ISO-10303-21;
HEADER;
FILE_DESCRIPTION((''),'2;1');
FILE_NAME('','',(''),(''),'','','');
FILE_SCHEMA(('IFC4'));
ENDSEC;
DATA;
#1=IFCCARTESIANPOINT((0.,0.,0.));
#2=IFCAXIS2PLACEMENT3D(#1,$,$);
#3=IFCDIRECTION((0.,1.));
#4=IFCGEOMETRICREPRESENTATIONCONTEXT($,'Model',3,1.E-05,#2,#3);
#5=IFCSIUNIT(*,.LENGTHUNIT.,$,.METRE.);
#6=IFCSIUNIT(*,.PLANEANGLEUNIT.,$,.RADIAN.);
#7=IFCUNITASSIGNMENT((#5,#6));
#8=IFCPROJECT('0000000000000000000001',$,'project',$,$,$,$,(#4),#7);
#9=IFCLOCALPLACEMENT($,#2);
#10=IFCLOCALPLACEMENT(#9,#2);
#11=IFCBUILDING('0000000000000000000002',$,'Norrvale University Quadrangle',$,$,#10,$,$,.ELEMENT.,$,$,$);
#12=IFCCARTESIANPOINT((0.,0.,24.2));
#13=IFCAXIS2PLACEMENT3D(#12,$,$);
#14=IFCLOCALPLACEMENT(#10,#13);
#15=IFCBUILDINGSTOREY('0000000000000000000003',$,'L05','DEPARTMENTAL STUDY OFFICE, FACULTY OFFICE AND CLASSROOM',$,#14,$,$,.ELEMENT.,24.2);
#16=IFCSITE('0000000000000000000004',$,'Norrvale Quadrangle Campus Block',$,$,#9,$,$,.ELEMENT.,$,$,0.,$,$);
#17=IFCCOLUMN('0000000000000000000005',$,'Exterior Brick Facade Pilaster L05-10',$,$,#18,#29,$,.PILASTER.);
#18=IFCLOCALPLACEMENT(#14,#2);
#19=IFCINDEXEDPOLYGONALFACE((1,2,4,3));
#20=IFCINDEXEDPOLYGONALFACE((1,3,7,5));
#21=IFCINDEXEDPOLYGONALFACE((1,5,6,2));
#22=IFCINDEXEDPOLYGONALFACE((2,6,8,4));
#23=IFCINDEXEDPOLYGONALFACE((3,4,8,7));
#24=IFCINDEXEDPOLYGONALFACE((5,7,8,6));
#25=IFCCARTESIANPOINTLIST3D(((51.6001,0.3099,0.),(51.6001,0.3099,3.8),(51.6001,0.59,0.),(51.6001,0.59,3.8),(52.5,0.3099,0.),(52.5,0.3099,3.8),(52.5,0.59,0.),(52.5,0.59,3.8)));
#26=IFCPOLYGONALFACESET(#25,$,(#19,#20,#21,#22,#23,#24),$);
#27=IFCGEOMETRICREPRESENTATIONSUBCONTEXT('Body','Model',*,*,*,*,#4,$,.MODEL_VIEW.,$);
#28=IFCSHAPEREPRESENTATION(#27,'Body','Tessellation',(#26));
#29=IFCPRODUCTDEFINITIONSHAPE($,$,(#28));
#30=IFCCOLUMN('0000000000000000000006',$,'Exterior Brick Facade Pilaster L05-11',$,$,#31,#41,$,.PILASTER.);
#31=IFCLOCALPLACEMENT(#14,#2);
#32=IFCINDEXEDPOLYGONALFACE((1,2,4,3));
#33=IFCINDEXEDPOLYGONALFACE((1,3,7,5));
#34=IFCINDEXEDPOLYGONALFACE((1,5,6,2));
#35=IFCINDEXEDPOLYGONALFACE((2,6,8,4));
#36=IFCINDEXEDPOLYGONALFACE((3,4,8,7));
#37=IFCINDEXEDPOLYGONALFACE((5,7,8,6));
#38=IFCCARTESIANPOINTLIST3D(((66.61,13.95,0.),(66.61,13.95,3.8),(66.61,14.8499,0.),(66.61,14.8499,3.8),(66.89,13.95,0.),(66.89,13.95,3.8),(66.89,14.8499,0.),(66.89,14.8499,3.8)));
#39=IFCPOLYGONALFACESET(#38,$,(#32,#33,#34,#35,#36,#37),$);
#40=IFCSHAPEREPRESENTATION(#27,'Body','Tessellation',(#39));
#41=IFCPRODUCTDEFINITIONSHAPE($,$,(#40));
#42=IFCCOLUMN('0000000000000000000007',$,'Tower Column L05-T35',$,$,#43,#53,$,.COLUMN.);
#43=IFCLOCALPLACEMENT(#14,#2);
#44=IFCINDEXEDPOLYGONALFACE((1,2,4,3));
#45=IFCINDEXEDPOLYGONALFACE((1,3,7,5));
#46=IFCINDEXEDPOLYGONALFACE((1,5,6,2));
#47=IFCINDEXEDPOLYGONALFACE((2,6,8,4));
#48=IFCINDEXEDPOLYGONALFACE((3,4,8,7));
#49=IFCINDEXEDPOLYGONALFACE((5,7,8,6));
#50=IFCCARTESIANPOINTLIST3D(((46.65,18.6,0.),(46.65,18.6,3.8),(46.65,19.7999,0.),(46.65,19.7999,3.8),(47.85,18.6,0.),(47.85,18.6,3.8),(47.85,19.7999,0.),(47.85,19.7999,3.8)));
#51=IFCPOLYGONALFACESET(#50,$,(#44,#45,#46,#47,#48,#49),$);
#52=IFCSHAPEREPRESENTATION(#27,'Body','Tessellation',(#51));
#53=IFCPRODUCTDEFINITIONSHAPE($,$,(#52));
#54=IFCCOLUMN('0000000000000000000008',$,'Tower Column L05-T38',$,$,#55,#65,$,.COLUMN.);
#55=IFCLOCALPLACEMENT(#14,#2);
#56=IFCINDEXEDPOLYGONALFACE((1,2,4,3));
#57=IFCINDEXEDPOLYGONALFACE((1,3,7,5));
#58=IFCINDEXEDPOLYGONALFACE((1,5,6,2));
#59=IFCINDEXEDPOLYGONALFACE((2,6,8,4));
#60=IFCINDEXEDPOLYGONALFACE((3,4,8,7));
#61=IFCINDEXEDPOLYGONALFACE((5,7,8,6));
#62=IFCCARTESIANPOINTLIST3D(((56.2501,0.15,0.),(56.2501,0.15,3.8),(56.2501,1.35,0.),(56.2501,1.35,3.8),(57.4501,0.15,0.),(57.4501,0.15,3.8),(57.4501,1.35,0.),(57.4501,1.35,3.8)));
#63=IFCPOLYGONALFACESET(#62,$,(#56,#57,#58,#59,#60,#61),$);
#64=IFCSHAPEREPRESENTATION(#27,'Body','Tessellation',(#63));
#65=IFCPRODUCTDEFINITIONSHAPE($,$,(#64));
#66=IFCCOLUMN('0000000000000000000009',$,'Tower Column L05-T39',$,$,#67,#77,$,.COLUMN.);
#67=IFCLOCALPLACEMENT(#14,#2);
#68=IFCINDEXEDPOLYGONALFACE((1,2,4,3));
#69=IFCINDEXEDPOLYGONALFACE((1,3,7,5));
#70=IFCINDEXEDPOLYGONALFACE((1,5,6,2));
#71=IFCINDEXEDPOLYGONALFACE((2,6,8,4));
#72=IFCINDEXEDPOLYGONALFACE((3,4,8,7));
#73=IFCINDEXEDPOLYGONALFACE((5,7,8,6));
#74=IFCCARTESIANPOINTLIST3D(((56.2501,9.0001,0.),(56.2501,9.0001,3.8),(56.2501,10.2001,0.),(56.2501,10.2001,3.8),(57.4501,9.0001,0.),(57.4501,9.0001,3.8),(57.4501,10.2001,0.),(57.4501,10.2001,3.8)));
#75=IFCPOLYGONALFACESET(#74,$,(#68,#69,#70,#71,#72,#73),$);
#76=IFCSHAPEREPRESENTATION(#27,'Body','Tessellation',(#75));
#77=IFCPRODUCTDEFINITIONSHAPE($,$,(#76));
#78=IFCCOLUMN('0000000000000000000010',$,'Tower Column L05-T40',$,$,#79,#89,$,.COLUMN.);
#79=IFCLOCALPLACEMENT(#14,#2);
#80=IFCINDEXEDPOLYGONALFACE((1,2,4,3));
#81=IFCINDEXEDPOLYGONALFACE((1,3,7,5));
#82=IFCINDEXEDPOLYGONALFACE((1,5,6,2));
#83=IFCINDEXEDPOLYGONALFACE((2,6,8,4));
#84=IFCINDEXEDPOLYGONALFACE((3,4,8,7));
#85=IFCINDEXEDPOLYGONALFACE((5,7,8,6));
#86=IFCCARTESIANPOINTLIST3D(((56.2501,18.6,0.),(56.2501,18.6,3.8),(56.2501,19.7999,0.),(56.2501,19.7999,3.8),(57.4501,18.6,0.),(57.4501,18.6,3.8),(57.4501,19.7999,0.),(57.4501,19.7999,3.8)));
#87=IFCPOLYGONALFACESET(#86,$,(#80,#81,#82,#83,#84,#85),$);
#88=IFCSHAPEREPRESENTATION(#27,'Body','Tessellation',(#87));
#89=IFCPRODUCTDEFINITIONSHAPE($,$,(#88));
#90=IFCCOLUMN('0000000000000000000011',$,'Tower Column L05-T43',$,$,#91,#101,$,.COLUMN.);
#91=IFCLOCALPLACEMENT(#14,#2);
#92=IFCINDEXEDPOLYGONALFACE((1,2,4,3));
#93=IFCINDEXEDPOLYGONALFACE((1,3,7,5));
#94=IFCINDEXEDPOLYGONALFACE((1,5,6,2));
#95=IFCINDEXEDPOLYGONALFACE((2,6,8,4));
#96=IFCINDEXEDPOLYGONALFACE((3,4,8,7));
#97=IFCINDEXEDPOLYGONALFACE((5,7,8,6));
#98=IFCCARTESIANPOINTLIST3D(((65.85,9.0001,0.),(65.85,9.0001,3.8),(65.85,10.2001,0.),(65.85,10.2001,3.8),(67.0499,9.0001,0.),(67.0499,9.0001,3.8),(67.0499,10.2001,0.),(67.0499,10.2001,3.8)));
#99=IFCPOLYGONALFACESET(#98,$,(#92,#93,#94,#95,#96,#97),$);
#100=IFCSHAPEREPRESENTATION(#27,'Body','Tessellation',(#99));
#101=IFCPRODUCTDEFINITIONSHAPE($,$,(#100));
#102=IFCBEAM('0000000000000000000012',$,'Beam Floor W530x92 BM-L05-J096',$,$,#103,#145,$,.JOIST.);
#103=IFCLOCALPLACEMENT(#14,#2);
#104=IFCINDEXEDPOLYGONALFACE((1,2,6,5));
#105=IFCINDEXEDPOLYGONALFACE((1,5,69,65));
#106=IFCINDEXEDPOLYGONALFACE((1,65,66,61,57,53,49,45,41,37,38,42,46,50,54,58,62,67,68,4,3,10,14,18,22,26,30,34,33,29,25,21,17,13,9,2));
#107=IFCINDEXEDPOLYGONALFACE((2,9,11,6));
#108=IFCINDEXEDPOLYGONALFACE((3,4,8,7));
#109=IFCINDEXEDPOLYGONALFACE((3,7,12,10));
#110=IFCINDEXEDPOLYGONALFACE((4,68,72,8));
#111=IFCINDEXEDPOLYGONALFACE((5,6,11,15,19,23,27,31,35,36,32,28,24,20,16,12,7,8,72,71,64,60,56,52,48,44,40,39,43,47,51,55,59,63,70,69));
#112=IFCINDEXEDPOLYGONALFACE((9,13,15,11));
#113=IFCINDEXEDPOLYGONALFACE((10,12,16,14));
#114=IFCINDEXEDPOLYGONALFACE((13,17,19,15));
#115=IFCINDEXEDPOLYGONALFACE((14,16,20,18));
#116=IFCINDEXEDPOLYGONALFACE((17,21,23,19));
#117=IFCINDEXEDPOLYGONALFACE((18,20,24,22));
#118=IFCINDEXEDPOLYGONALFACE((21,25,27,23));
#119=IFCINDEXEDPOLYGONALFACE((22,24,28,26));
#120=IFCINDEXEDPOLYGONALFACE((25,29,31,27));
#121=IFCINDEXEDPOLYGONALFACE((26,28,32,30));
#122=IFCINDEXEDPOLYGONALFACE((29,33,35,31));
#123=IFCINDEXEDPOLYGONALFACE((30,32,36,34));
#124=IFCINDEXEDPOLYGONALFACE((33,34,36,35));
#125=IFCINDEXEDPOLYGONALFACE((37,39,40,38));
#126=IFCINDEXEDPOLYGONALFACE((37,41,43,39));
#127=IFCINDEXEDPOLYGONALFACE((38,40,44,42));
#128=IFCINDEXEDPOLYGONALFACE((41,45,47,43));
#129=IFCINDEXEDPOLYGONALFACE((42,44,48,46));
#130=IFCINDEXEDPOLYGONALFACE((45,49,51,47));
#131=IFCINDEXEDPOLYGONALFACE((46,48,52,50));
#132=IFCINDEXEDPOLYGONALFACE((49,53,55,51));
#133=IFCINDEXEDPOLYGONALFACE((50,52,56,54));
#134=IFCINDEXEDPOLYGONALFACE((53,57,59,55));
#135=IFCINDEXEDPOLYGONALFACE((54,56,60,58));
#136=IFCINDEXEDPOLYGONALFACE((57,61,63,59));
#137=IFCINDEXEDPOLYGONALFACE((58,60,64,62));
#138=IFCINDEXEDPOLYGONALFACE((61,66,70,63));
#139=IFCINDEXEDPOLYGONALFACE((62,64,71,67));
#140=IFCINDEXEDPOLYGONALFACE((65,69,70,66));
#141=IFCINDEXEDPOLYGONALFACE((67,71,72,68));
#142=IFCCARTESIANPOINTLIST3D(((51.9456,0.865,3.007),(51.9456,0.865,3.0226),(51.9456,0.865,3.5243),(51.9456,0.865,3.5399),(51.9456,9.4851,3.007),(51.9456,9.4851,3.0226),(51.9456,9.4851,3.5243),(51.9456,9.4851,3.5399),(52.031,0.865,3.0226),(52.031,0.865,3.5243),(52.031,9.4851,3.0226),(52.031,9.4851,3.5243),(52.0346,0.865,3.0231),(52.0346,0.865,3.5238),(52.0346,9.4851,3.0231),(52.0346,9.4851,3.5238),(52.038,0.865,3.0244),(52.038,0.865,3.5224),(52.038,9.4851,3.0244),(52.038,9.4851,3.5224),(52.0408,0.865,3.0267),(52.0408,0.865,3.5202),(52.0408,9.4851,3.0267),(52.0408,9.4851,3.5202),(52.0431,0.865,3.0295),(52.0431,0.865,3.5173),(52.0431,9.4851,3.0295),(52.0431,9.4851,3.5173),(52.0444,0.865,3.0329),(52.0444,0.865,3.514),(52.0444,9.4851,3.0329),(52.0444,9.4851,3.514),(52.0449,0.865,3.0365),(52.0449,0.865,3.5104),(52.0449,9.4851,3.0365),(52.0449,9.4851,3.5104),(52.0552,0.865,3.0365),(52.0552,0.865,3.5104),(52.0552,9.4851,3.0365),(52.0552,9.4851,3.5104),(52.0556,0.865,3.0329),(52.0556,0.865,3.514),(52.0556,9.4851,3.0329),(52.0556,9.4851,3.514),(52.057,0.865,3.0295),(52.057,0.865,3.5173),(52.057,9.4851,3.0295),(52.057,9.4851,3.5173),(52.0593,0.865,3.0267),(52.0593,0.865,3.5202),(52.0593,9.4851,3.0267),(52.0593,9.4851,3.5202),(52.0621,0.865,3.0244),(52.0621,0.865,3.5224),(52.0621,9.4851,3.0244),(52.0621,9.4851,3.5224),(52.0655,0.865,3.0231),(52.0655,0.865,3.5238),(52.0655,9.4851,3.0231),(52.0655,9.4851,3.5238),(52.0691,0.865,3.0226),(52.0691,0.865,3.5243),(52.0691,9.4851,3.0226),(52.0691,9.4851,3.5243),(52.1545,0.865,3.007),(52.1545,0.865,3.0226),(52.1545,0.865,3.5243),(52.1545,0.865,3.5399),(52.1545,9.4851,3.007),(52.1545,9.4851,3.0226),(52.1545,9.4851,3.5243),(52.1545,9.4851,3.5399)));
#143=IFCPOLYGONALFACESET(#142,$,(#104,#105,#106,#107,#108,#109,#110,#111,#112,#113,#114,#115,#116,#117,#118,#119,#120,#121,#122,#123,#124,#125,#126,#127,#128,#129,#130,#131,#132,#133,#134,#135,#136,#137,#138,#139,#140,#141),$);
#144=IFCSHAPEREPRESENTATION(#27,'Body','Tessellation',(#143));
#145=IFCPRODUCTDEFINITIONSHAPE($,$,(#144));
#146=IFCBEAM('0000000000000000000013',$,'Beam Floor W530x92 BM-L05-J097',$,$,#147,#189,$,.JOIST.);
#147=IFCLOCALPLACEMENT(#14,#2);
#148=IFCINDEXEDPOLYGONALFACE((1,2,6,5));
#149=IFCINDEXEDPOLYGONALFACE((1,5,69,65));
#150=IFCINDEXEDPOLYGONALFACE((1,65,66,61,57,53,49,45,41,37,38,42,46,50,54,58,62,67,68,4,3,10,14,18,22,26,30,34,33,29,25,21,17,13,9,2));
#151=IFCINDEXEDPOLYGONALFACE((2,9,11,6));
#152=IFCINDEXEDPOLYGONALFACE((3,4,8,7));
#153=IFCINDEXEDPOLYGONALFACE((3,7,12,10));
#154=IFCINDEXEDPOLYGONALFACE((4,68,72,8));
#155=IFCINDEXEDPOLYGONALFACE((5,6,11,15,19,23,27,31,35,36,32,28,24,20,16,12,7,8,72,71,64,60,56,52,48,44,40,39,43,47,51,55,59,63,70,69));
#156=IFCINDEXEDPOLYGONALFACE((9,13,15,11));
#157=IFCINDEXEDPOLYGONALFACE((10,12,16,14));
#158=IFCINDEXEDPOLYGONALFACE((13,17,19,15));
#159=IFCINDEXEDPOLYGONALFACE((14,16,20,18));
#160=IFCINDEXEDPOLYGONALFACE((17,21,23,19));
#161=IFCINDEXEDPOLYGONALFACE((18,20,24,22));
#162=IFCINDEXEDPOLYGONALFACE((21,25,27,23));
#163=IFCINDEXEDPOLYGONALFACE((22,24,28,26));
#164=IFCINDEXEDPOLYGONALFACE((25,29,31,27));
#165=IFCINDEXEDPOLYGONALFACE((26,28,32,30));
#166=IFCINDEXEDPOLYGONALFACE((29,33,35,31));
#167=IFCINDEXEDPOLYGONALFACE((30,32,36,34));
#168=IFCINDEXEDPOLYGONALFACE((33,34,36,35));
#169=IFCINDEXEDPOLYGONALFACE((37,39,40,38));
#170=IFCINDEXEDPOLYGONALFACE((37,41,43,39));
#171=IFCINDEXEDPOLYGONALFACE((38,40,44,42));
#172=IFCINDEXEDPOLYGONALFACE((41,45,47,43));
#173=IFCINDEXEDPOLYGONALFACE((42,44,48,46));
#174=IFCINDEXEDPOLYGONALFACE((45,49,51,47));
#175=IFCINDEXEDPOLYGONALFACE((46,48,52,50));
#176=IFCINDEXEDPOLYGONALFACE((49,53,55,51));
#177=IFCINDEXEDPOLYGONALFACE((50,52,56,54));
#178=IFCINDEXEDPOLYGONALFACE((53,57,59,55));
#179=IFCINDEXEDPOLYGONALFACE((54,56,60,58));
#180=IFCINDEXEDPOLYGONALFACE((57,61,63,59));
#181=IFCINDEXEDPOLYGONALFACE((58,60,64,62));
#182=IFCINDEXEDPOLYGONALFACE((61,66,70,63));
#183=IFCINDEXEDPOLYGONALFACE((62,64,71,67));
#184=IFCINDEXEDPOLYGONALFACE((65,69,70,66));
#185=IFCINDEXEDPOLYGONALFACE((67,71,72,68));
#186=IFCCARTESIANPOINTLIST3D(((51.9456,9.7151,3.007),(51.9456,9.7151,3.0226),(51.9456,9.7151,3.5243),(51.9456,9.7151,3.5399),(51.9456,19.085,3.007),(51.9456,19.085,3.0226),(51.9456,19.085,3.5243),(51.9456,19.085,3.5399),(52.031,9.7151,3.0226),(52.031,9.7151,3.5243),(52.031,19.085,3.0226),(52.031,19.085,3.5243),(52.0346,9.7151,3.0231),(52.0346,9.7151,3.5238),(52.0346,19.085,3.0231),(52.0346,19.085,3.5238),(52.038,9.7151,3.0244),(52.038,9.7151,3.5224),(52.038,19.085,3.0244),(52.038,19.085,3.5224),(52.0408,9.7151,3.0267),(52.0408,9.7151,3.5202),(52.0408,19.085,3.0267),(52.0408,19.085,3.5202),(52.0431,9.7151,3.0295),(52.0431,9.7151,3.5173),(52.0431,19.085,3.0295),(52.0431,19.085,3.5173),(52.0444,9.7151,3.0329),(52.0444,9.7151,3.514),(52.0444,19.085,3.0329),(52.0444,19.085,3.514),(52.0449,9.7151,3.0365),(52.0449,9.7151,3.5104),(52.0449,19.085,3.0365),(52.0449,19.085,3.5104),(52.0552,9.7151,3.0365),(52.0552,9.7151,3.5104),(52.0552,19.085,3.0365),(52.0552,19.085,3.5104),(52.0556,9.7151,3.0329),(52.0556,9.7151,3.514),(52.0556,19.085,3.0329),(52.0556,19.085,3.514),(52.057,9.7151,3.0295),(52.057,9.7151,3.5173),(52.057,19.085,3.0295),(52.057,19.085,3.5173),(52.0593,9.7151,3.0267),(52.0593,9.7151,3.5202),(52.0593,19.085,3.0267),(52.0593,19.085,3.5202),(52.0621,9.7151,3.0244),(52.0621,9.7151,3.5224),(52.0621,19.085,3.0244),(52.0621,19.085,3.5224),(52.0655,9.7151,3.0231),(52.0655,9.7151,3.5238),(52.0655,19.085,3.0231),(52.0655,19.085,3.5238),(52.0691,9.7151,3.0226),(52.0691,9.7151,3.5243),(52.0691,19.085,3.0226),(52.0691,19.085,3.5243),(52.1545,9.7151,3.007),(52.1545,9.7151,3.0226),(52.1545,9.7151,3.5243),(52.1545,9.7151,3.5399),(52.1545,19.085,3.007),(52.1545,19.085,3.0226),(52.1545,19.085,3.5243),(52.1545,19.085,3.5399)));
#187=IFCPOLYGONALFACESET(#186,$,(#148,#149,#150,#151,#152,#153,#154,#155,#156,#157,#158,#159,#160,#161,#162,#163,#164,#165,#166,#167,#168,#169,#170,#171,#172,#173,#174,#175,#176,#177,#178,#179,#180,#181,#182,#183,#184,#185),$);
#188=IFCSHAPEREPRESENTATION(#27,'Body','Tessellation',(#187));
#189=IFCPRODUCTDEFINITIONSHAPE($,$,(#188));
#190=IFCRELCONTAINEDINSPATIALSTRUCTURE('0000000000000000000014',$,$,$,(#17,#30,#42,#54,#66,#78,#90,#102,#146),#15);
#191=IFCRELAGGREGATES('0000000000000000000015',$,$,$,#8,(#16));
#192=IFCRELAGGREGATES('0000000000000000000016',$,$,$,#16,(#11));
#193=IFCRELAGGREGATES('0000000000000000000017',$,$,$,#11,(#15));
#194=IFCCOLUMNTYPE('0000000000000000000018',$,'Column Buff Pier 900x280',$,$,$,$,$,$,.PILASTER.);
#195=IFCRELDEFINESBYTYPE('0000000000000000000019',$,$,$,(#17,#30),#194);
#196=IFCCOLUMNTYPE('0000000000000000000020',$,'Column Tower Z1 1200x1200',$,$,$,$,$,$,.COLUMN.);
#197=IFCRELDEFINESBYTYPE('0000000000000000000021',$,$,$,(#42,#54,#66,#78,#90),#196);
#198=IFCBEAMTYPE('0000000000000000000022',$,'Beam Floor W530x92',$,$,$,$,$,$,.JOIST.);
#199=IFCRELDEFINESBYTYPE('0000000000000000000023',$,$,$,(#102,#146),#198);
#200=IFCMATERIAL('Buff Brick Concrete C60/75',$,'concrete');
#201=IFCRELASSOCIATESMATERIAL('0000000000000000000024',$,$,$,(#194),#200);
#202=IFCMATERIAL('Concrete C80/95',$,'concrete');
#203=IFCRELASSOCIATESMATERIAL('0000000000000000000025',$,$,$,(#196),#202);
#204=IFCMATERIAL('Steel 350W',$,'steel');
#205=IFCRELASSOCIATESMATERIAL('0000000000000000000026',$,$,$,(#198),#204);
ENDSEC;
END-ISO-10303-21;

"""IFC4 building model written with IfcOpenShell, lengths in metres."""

from ifc_helpers import new_model, si_unit, direction, frame, origin, origin_2d, place, context, subcontext, project, spatial, rectangle, i_section, extrude, material, material_profile, profile_set, type_object, element, save


model = new_model("IFC4")

# Units and contexts
model_context = context("Model", 3, precision=1e-05, world=origin(), true_north=direction((0.0, 1.0)))
body_context = subcontext(model_context, "Body", "Model", "MODEL_VIEW")
ifc_project = project(units=[si_unit("LENGTHUNIT", "METRE"), si_unit("PLANEANGLEUNIT", "RADIAN")], contexts=[model_context])

# Site, building, storey
site_placement = place(None, origin())
site = spatial("IfcSite", under=ifc_project, at=site_placement, Name="Norrvale Quadrangle Campus Block", CompositionType="ELEMENT", RefElevation=0.0)
building_placement = place(site_placement, origin())
building = spatial("IfcBuilding", under=site, at=building_placement, Name="Norrvale University Quadrangle", CompositionType="ELEMENT")
storey_placement = place(building_placement, frame((0.0, 0.0, 24.2)))
storey = spatial("IfcBuildingStorey", under=building, at=storey_placement, Name="L05", Description="DEPARTMENTAL STUDY OFFICE, FACULTY OFFICE AND CLASSROOM", CompositionType="ELEMENT", Elevation=24.2)

# Columns
ifc_material_1 = material(Name="Buff Brick Concrete C60/75", Category="concrete")
ifc_material_profile_1 = material_profile(ifc_material_1, rectangle(XDim=0.8999, YDim=0.28, at=origin_2d()), Name="Buff Brick Concrete C60/75")
ifc_profile_set_1 = profile_set([ifc_material_profile_1], Name="Buff Brick Concrete C60/75")
column_type_1 = type_object("IfcColumnType", Name="Column Buff Pier 900x280", PredefinedType="PILASTER", material=ifc_profile_set_1)
for number, where, z_axis, x_axis, name in (
    (1, (52.05, 0.45, 0.0), (0.0, 0.0, 1.0), (1.0, 0.0, 0.0), "Exterior Brick Facade Pilaster L05-10"),
    (2, (66.75, 14.3999, 0.0), (0.0, 0.0, 1.0), (0.0, 1.0, 0.0), "Exterior Brick Facade Pilaster L05-11"),
):
    element("IfcColumn", number, at=place(storey_placement, frame(where, z_axis=z_axis, x_axis=x_axis)), inside=storey, type_object=column_type_1, Name=name, PredefinedType="PILASTER", context=body_context, shape_type="SweptSolid", body=[
        extrude(rectangle(XDim=0.8999, YDim=0.28, at=origin_2d()), origin(), (0.0, 0.0, 1.0), 3.8),
    ])
ifc_material_2 = material(Name="Concrete C80/95", Category="concrete")
ifc_material_profile_2 = material_profile(ifc_material_2, rectangle(XDim=1.2, YDim=1.2, at=origin_2d()), Name="Concrete C80/95")
ifc_profile_set_2 = profile_set([ifc_material_profile_2], Name="Concrete C80/95")
column_type_2 = type_object("IfcColumnType", Name="Column Tower Z1 1200x1200", PredefinedType="COLUMN", material=ifc_profile_set_2)
for number, where, z_axis, x_axis, name in (
    (3, (47.25, 19.2, 0.0), (0.0, 0.0, 1.0), (1.0, 0.0, 0.0), "Tower Column L05-T35"),
    (4, (56.8501, 0.75, 0.0), (0.0, 0.0, 1.0), (1.0, 0.0, 0.0), "Tower Column L05-T38"),
    (5, (56.8501, 9.6001, 0.0), (0.0, 0.0, 1.0), (1.0, 0.0, 0.0), "Tower Column L05-T39"),
    (6, (56.8501, 19.2, 0.0), (0.0, 0.0, 1.0), (1.0, 0.0, 0.0), "Tower Column L05-T40"),
    (7, (66.45, 9.6001, 0.0), (0.0, 0.0, 1.0), (1.0, 0.0, 0.0), "Tower Column L05-T43"),
):
    element("IfcColumn", number, at=place(storey_placement, frame(where, z_axis=z_axis, x_axis=x_axis)), inside=storey, type_object=column_type_2, Name=name, PredefinedType="COLUMN", context=body_context, shape_type="SweptSolid", body=[
        extrude(rectangle(XDim=1.2, YDim=1.2, at=origin_2d()), origin(), (0.0, 0.0, 1.0), 3.8),
    ])

# Beams
ifc_material_3 = material(Name="Steel 350W", Category="steel")
ifc_material_profile_3 = material_profile(ifc_material_3, i_section(OverallWidth=0.209, OverallDepth=0.533, WebThickness=0.0103, FlangeThickness=0.0156, FilletRadius=0.0139, at=origin_2d()), Name="Steel 350W")
ifc_profile_set_3 = profile_set([ifc_material_profile_3], Name="Steel 350W")
beam_type_1 = type_object("IfcBeamType", Name="Beam Floor W530x92", PredefinedType="JOIST", material=ifc_profile_set_3)
beam_1_placement = place(storey_placement, frame((52.05, 0.865, 3.2734), z_axis=(0.0, 1.0, 0.0), x_axis=(-1.0, 0.0, 0.0)))
element("IfcBeam", 8, at=beam_1_placement, inside=storey, type_object=beam_type_1, Name="Beam Floor W530x92 BM-L05-J096", PredefinedType="JOIST", context=body_context, shape_type="SweptSolid", body=[
    extrude(i_section(OverallWidth=0.209, OverallDepth=0.533, WebThickness=0.0103, FlangeThickness=0.0156, FilletRadius=0.0139, at=origin_2d()), origin(), (0.0, 0.0, 1.0), 8.6201),
])
for number, where, z_axis, x_axis, name in (
    (9, (52.05, 9.7151, 3.2734), (0.0, 1.0, 0.0), (-1.0, 0.0, 0.0), "Beam Floor W530x92 BM-L05-J097"),
):
    element("IfcBeam", number, at=place(storey_placement, frame(where, z_axis=z_axis, x_axis=x_axis)), inside=storey, type_object=beam_type_1, Name=name, PredefinedType="JOIST", context=body_context, shape_type="SweptSolid", body=[
        extrude(i_section(OverallWidth=0.209, OverallDepth=0.533, WebThickness=0.0103, FlangeThickness=0.0156, FilletRadius=0.0139, at=origin_2d()), origin(), (0.0, 0.0, 1.0), 9.3699),
    ])

save(model, "model.ifc")
